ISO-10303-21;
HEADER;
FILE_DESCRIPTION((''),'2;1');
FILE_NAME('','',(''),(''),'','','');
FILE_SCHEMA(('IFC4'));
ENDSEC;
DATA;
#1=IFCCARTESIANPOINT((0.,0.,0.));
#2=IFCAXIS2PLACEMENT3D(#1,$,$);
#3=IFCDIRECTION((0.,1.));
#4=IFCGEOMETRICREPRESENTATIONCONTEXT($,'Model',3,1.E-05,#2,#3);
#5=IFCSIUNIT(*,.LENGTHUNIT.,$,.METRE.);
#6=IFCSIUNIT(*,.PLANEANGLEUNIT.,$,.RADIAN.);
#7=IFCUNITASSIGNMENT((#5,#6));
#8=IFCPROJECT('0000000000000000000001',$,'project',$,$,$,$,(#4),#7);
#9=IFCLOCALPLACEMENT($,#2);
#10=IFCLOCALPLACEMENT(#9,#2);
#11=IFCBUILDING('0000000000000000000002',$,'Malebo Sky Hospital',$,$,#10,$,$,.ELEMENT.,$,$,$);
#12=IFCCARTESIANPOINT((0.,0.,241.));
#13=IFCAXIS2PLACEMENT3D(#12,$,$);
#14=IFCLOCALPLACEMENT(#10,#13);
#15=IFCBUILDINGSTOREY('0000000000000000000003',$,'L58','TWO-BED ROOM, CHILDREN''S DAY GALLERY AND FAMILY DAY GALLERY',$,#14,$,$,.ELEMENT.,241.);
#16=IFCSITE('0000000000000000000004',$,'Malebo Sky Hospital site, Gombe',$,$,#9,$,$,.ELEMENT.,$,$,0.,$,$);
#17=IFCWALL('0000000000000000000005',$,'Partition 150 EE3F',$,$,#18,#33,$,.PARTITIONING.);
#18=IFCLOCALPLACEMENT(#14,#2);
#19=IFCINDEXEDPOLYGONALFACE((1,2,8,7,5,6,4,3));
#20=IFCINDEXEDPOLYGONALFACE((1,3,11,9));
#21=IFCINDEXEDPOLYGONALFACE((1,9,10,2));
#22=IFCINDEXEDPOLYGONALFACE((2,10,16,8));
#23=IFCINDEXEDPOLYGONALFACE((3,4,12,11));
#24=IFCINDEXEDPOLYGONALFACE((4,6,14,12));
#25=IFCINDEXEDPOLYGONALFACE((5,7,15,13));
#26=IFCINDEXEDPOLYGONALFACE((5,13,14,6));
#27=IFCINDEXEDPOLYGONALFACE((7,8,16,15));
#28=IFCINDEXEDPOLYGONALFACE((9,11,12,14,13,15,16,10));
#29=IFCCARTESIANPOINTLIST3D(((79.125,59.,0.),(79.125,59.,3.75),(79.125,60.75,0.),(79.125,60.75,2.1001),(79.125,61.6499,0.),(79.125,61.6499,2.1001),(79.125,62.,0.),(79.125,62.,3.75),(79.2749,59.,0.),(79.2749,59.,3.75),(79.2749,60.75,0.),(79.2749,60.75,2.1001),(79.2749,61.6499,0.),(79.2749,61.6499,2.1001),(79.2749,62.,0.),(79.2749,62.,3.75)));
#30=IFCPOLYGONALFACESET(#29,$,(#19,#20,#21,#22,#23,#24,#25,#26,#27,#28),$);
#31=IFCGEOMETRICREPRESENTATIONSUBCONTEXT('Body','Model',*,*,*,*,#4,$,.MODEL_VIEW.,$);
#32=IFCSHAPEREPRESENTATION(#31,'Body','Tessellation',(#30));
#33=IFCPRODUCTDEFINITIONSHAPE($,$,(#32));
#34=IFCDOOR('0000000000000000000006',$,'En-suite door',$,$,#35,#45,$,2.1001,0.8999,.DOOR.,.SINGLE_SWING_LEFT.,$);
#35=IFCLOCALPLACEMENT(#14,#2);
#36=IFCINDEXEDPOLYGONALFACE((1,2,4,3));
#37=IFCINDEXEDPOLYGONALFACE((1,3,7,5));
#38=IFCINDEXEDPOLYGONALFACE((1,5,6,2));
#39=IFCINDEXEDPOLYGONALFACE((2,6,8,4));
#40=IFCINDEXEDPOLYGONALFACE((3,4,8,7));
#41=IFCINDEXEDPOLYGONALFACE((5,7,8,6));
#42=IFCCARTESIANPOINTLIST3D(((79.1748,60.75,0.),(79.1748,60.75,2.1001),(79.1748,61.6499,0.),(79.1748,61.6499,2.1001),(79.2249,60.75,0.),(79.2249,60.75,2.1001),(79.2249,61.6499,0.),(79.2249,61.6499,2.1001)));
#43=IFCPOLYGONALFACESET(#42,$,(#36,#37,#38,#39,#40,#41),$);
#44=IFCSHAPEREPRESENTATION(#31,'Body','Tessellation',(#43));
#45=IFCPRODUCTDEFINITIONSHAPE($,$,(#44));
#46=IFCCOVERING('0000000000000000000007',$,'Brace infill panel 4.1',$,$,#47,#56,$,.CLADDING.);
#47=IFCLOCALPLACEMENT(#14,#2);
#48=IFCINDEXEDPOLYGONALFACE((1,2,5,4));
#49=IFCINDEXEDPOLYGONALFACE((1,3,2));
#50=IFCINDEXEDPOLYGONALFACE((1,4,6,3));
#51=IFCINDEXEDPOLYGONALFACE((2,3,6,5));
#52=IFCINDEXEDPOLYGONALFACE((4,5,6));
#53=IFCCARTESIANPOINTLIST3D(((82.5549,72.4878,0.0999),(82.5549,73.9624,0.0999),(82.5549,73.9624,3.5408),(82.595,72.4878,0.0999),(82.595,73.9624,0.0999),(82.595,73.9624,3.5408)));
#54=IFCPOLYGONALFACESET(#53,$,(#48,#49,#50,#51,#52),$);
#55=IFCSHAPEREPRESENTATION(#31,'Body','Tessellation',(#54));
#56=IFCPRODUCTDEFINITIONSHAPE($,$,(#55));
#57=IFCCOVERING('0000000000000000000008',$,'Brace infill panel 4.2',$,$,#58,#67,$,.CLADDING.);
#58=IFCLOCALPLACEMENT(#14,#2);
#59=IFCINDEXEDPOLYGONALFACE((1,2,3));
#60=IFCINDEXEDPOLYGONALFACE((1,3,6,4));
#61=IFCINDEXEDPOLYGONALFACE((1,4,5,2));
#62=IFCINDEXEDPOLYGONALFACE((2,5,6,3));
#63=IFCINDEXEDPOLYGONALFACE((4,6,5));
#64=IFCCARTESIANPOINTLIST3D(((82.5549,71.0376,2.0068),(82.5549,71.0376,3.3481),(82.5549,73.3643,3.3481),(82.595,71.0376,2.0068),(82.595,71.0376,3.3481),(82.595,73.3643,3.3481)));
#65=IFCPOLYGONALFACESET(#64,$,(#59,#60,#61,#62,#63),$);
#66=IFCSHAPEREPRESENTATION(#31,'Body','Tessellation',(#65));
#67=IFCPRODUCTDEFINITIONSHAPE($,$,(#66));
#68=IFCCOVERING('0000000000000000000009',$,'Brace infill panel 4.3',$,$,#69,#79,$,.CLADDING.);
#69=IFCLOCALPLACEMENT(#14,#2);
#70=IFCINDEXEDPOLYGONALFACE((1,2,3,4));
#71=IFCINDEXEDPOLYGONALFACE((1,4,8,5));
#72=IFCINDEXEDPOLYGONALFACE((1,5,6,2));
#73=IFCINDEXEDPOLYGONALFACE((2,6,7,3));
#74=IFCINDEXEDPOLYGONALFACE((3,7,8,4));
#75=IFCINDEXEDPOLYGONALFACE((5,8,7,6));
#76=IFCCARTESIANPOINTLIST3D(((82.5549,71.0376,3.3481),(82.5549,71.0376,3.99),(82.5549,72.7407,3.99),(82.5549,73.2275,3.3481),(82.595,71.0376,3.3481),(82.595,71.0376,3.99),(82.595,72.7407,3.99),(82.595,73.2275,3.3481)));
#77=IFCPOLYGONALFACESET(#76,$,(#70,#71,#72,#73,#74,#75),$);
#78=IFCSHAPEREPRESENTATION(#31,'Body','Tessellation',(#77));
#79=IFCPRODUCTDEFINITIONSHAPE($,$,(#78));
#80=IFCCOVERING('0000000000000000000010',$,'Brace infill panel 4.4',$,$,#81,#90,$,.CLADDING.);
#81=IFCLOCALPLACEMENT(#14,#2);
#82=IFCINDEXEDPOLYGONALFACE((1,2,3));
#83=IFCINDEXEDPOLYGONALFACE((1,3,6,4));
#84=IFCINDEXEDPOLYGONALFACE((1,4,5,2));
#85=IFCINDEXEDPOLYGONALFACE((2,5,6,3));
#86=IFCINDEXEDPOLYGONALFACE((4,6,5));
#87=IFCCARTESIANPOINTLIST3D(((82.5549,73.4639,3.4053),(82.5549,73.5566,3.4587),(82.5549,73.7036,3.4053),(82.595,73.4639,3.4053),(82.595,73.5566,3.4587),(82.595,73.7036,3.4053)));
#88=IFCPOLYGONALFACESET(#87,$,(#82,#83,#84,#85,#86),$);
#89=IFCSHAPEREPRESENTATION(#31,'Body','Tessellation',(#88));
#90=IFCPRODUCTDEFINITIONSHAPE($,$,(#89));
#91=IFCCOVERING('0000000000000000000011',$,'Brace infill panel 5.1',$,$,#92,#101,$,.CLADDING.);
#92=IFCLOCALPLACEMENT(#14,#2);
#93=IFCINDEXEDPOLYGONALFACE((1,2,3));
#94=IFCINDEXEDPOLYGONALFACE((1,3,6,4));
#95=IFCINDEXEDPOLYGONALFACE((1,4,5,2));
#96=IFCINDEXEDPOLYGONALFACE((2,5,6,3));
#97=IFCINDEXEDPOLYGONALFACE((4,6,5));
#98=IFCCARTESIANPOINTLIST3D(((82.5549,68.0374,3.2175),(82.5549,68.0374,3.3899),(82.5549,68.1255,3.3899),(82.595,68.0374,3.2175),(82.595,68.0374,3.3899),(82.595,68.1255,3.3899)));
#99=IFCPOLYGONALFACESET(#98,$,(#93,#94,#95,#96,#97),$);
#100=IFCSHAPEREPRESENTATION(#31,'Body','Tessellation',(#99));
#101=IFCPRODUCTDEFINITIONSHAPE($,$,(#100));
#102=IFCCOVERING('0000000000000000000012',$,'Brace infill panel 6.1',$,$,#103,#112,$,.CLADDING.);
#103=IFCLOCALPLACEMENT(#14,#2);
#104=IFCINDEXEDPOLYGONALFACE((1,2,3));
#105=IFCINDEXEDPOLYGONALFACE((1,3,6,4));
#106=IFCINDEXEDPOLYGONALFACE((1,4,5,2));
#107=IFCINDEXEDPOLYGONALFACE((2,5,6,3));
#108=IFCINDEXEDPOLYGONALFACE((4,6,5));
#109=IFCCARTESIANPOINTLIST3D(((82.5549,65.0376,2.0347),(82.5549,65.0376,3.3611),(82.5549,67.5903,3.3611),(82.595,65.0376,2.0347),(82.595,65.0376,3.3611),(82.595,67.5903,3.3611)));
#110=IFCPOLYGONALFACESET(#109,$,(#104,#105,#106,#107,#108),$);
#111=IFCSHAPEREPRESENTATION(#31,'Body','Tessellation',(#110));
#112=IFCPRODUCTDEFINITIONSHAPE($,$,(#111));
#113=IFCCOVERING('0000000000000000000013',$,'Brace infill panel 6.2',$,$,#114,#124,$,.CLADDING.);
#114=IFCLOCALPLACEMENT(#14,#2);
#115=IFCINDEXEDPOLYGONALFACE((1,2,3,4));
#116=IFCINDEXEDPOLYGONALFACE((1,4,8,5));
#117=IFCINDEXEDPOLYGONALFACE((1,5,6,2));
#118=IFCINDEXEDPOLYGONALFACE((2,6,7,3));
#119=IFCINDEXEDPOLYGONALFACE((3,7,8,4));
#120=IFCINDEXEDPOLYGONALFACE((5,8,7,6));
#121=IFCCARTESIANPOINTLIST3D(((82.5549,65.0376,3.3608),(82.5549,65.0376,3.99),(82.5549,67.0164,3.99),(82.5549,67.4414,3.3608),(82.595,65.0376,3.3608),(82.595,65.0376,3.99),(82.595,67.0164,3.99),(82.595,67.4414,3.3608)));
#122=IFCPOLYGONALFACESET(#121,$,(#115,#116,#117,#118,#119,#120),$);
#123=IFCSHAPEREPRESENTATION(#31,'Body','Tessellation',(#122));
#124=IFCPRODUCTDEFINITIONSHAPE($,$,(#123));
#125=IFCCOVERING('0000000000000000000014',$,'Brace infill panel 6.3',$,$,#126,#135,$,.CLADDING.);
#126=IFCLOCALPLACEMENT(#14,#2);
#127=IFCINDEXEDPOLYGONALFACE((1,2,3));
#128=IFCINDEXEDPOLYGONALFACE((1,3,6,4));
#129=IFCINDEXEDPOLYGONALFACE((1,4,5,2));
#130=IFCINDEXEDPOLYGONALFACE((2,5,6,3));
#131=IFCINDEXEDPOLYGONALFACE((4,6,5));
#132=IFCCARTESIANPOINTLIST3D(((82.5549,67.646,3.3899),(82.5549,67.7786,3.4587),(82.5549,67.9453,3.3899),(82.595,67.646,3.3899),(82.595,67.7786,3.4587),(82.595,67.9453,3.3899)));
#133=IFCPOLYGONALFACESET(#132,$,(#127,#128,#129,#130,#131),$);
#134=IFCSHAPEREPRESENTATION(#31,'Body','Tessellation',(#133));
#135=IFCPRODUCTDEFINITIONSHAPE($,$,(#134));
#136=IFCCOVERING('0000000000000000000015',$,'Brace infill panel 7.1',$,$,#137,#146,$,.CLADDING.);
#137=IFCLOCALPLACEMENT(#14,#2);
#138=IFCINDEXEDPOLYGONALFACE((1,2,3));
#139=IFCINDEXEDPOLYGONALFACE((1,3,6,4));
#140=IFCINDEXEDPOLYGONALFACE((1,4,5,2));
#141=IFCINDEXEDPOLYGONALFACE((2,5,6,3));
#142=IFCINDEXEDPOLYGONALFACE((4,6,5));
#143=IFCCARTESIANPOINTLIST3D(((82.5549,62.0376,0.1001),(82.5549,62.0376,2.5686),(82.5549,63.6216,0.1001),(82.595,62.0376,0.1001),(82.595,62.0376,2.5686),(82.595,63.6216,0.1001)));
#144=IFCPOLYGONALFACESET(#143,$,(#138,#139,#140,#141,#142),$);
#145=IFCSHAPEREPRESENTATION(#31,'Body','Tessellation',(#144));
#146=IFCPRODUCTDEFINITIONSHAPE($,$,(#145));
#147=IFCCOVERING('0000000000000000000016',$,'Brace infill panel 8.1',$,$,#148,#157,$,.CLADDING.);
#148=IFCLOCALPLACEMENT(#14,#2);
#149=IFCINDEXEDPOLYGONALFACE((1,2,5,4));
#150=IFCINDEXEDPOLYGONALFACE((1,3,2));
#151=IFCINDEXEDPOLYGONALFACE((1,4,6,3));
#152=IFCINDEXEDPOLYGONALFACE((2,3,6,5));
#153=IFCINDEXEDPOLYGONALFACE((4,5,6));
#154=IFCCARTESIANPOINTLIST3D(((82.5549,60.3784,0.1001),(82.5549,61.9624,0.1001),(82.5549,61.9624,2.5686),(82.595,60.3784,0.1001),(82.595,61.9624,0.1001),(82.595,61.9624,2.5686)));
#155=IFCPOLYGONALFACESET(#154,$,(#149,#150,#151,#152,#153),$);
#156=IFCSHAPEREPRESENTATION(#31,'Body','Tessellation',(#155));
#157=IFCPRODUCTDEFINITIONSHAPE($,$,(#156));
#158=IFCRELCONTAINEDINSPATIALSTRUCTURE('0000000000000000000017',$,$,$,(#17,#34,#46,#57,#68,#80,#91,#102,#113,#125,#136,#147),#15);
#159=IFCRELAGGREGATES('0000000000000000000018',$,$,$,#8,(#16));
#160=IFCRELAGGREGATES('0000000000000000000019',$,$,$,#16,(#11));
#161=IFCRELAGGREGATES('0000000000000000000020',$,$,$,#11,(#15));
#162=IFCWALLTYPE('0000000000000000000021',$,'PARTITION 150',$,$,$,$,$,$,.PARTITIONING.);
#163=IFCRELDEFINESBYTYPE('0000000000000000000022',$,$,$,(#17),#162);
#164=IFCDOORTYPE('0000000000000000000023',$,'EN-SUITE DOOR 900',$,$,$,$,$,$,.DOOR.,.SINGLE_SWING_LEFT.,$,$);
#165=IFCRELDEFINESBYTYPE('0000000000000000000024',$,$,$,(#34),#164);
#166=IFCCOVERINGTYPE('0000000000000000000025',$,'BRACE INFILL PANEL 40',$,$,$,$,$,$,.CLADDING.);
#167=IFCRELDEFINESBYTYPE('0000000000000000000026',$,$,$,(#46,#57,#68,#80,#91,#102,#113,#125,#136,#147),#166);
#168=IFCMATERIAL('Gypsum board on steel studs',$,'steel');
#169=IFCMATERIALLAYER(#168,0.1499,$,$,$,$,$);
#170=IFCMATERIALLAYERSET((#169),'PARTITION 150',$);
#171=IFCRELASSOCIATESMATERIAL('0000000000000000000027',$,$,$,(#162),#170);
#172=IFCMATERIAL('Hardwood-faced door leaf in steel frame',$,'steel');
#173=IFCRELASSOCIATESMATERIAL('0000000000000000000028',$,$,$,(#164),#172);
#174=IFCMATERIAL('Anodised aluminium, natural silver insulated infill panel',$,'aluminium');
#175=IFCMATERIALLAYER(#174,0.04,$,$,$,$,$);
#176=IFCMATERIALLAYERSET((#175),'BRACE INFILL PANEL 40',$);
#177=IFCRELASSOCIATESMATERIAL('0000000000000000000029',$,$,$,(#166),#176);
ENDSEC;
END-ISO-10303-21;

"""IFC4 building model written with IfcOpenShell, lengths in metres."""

from ifc_helpers import new_model, si_unit, direction, frame, frame_2d, origin, place, context, subcontext, project, spatial, polyline, rectangle, outline, extrude, material, layer, layer_set, type_object, element, fill, save


model = new_model("IFC4")

# Units and contexts
model_context = context("Model", 3, precision=1e-05, world=origin(), true_north=direction((0.0, 1.0)))
body_context = subcontext(model_context, "Body", "Model", "MODEL_VIEW")
ifc_project = project(units=[si_unit("LENGTHUNIT", "METRE"), si_unit("PLANEANGLEUNIT", "RADIAN")], contexts=[model_context])

# Site, building, storey
site_placement = place(None, origin())
site = spatial("IfcSite", under=ifc_project, at=site_placement, Name="Malebo Sky Hospital site, Gombe", CompositionType="ELEMENT", RefElevation=0.0)
building_placement = place(site_placement, origin())
building = spatial("IfcBuilding", under=site, at=building_placement, Name="Malebo Sky Hospital", CompositionType="ELEMENT")
storey_placement = place(building_placement, frame((0.0, 0.0, 241.0)))
storey = spatial("IfcBuildingStorey", under=building, at=storey_placement, Name="L58", Description="TWO-BED ROOM, CHILDREN'S DAY GALLERY AND FAMILY DAY GALLERY", CompositionType="ELEMENT", Elevation=241.0)

# Shared definitions
ifc_material_1 = material(Name="Gypsum board on steel studs", Category="steel")
ifc_layer_1 = layer(ifc_material_1, 0.1499)
ifc_layer_set_1 = layer_set([ifc_layer_1], Name="PARTITION 150")
wall_type = type_object("IfcWallType", Name="PARTITION 150", PredefinedType="PARTITIONING", material=ifc_layer_set_1)

# Shared definitions
ifc_material_2 = material(Name="Hardwood-faced door leaf in steel frame", Category="steel")
door_type = type_object("IfcDoorType", Name="EN-SUITE DOOR 900", OperationType="SINGLE_SWING_LEFT", PredefinedType="DOOR", material=ifc_material_2)

# Wall, opening, door
wall_1_placement = place(storey_placement, frame((79.2, 62.0, 0.0), z_axis=(0.0, 0.0, 1.0), x_axis=(0.0, -1.0, 0.0)))
wall_1 = element("IfcWall", 1, at=wall_1_placement, inside=storey, type_object=wall_type, Name="Partition 150 EE3F", PredefinedType="PARTITIONING", context=body_context, shape_type="SweptSolid", body=[
    extrude(rectangle(XDim=3.0, YDim=0.1499, at=frame_2d((1.5, 0.0))), origin(), (0.0, 0.0, 1.0), 3.75),
])
opening_1_placement = place(wall_1_placement, frame((0.3501, 0.0, 0.0)))
opening_1 = element("IfcOpeningElement", 2, at=opening_1_placement, cuts=wall_1, PredefinedType="OPENING", context=body_context, shape_type="SweptSolid", body=[
    extrude(rectangle(XDim=0.8999, YDim=2.1001, at=frame_2d((0.45, 1.05))), frame((0.0, 0.085, 0.0), z_axis=(0.0, -1.0, 0.0), x_axis=(1.0, 0.0, 0.0)), (0.0, 0.0, 1.0), 0.1699),
])
door_1_placement = place(opening_1_placement, origin())
door_1 = element("IfcDoor", 3, at=door_1_placement, inside=storey, type_object=door_type, Name="En-suite door", OperationType="SINGLE_SWING_LEFT", OverallHeight=2.1001, OverallWidth=0.8999, PredefinedType="DOOR", context=body_context, shape_type="SweptSolid", body=[
    extrude(rectangle(XDim=0.8999, YDim=2.1001, at=frame_2d((0.45, 1.05))), frame((0.0, 0.0249, 0.0), z_axis=(0.0, -1.0, 0.0), x_axis=(1.0, 0.0, 0.0)), (0.0, 0.0, 1.0), 0.05),
])
fill(opening_1, door_1)

# Coverings
ifc_material_3 = material(Name="Anodised aluminium, natural silver insulated infill panel", Category="aluminium")
ifc_layer_2 = layer(ifc_material_3, 0.04)
ifc_layer_set_2 = layer_set([ifc_layer_2], Name="BRACE INFILL PANEL 40")
covering_type = type_object("IfcCoveringType", Name="BRACE INFILL PANEL 40", PredefinedType="CLADDING", material=ifc_layer_set_2)
covering_1_placement = place(storey_placement, frame((82.575, 73.2251, 0.0999), z_axis=(0.0, 0.0, 1.0), x_axis=(0.0, -1.0, 0.0)))
element("IfcCovering", 4, at=covering_1_placement, inside=storey, type_object=covering_type, Name="Brace infill panel 4.1", PredefinedType="CLADDING", context=body_context, shape_type="SweptSolid", body=[
    extrude(outline(polyline([(-0.7373, 0.0), (0.7373, 0.0), (-0.7373, 3.4409), (-0.7373, 0.0)])), frame((0.0, 0.02, 0.0), z_axis=(0.0, -1.0, 0.0), x_axis=(1.0, 0.0, 0.0)), (0.0, 0.0, 1.0), 0.04),
])
covering_2_placement = place(storey_placement, frame((82.575, 72.2009, 2.0068), z_axis=(0.0, 0.0, 1.0), x_axis=(0.0, -1.0, 0.0)))
element("IfcCovering", 5, at=covering_2_placement, inside=storey, type_object=covering_type, Name="Brace infill panel 4.2", PredefinedType="CLADDING", context=body_context, shape_type="SweptSolid", body=[
    extrude(outline(polyline([(1.1633, 0.0), (1.1633, 1.3413), (-1.1633, 1.3413), (1.1633, 0.0)])), frame((0.0, 0.02, 0.0), z_axis=(0.0, -1.0, 0.0), x_axis=(1.0, 0.0, 0.0)), (0.0, 0.0, 1.0), 0.04),
])
covering_3_placement = place(storey_placement, frame((82.575, 72.1326, 3.3481), z_axis=(0.0, 0.0, 1.0), x_axis=(0.0, -1.0, 0.0)))
element("IfcCovering", 6, at=covering_3_placement, inside=storey, type_object=covering_type, Name="Brace infill panel 4.3", PredefinedType="CLADDING", context=body_context, shape_type="SweptSolid", body=[
    extrude(outline(polyline([(-1.095, 0.0), (1.095, 0.0), (1.095, 0.6418), (-0.6082, 0.6418), (-1.095, 0.0)])), frame((0.0, 0.02, 0.0), z_axis=(0.0, -1.0, 0.0), x_axis=(1.0, 0.0, 0.0)), (0.0, 0.0, 1.0), 0.04),
])
covering_4_placement = place(storey_placement, frame((82.575, 73.5837, 3.4053), z_axis=(0.0, 0.0, 1.0), x_axis=(0.0, -1.0, 0.0)))
element("IfcCovering", 7, at=covering_4_placement, inside=storey, type_object=covering_type, Name="Brace infill panel 4.4", PredefinedType="CLADDING", context=body_context, shape_type="SweptSolid", body=[
    extrude(outline(polyline([(-0.1199, 0.0), (0.1199, 0.0), (0.0271, 0.0535), (-0.1199, 0.0)])), frame((0.0, 0.02, 0.0), z_axis=(0.0, -1.0, 0.0), x_axis=(1.0, 0.0, 0.0)), (0.0, 0.0, 1.0), 0.04),
])
covering_5_placement = place(storey_placement, frame((82.575, 68.0815, 3.2175), z_axis=(0.0, 0.0, 1.0), x_axis=(0.0, -1.0, 0.0)))
element("IfcCovering", 8, at=covering_5_placement, inside=storey, type_object=covering_type, Name="Brace infill panel 5.1", PredefinedType="CLADDING", context=body_context, shape_type="SweptSolid", body=[
    extrude(outline(polyline([(0.0442, 0.0), (0.0442, 0.1724), (-0.0439, 0.1724), (0.0442, 0.0)])), frame((0.0, 0.02, 0.0), z_axis=(0.0, -1.0, 0.0), x_axis=(1.0, 0.0, 0.0)), (0.0, 0.0, 1.0), 0.04),
])
covering_6_placement = place(storey_placement, frame((82.575, 66.314, 2.0347), z_axis=(0.0, 0.0, 1.0), x_axis=(0.0, -1.0, 0.0)))
element("IfcCovering", 9, at=covering_6_placement, inside=storey, type_object=covering_type, Name="Brace infill panel 6.1", PredefinedType="CLADDING", context=body_context, shape_type="SweptSolid", body=[
    extrude(outline(polyline([(1.2764, 0.0), (1.2764, 1.3264), (-1.2764, 1.3264), (1.2764, 0.0)])), frame((0.0, 0.02, 0.0), z_axis=(0.0, -1.0, 0.0), x_axis=(1.0, 0.0, 0.0)), (0.0, 0.0, 1.0), 0.04),
])
covering_7_placement = place(storey_placement, frame((82.575, 66.2395, 3.3608), z_axis=(0.0, 0.0, 1.0), x_axis=(0.0, -1.0, 0.0)))
element("IfcCovering", 10, at=covering_7_placement, inside=storey, type_object=covering_type, Name="Brace infill panel 6.2", PredefinedType="CLADDING", context=body_context, shape_type="SweptSolid", body=[
    extrude(outline(polyline([(-1.2019, 0.0), (1.2019, 0.0), (1.2019, 0.6292), (-0.7769, 0.6292), (-1.2019, 0.0)])), frame((0.0, 0.02, 0.0), z_axis=(0.0, -1.0, 0.0), x_axis=(1.0, 0.0, 0.0)), (0.0, 0.0, 1.0), 0.04),
])
covering_8_placement = place(storey_placement, frame((82.575, 67.7957, 3.3899), z_axis=(0.0, 0.0, 1.0), x_axis=(0.0, -1.0, 0.0)))
element("IfcCovering", 11, at=covering_8_placement, inside=storey, type_object=covering_type, Name="Brace infill panel 6.3", PredefinedType="CLADDING", context=body_context, shape_type="SweptSolid", body=[
    extrude(outline(polyline([(-0.1497, 0.0), (0.1497, 0.0), (0.0171, 0.0688), (-0.1497, 0.0)])), frame((0.0, 0.02, 0.0), z_axis=(0.0, -1.0, 0.0), x_axis=(1.0, 0.0, 0.0)), (0.0, 0.0, 1.0), 0.04),
])
covering_9_placement = place(storey_placement, frame((82.575, 62.8296, 0.1001), z_axis=(0.0, 0.0, 1.0), x_axis=(0.0, -1.0, 0.0)))
element("IfcCovering", 12, at=covering_9_placement, inside=storey, type_object=covering_type, Name="Brace infill panel 7.1", PredefinedType="CLADDING", context=body_context, shape_type="SweptSolid", body=[
    extrude(outline(polyline([(-0.792, 0.0), (0.792, 0.0), (0.792, 2.4685), (-0.792, 0.0)])), frame((0.0, 0.02, 0.0), z_axis=(0.0, -1.0, 0.0), x_axis=(1.0, 0.0, 0.0)), (0.0, 0.0, 1.0), 0.04),
])
covering_10_placement = place(storey_placement, frame((82.575, 61.1704, 0.1001), z_axis=(0.0, 0.0, 1.0), x_axis=(0.0, -1.0, 0.0)))
element("IfcCovering", 13, at=covering_10_placement, inside=storey, type_object=covering_type, Name="Brace infill panel 8.1", PredefinedType="CLADDING", context=body_context, shape_type="SweptSolid", body=[
    extrude(outline(polyline([(-0.792, 0.0), (0.792, 0.0), (-0.792, 2.4685), (-0.792, 0.0)])), frame((0.0, 0.02, 0.0), z_axis=(0.0, -1.0, 0.0), x_axis=(1.0, 0.0, 0.0)), (0.0, 0.0, 1.0), 0.04),
])

save(model, "model.ifc")
